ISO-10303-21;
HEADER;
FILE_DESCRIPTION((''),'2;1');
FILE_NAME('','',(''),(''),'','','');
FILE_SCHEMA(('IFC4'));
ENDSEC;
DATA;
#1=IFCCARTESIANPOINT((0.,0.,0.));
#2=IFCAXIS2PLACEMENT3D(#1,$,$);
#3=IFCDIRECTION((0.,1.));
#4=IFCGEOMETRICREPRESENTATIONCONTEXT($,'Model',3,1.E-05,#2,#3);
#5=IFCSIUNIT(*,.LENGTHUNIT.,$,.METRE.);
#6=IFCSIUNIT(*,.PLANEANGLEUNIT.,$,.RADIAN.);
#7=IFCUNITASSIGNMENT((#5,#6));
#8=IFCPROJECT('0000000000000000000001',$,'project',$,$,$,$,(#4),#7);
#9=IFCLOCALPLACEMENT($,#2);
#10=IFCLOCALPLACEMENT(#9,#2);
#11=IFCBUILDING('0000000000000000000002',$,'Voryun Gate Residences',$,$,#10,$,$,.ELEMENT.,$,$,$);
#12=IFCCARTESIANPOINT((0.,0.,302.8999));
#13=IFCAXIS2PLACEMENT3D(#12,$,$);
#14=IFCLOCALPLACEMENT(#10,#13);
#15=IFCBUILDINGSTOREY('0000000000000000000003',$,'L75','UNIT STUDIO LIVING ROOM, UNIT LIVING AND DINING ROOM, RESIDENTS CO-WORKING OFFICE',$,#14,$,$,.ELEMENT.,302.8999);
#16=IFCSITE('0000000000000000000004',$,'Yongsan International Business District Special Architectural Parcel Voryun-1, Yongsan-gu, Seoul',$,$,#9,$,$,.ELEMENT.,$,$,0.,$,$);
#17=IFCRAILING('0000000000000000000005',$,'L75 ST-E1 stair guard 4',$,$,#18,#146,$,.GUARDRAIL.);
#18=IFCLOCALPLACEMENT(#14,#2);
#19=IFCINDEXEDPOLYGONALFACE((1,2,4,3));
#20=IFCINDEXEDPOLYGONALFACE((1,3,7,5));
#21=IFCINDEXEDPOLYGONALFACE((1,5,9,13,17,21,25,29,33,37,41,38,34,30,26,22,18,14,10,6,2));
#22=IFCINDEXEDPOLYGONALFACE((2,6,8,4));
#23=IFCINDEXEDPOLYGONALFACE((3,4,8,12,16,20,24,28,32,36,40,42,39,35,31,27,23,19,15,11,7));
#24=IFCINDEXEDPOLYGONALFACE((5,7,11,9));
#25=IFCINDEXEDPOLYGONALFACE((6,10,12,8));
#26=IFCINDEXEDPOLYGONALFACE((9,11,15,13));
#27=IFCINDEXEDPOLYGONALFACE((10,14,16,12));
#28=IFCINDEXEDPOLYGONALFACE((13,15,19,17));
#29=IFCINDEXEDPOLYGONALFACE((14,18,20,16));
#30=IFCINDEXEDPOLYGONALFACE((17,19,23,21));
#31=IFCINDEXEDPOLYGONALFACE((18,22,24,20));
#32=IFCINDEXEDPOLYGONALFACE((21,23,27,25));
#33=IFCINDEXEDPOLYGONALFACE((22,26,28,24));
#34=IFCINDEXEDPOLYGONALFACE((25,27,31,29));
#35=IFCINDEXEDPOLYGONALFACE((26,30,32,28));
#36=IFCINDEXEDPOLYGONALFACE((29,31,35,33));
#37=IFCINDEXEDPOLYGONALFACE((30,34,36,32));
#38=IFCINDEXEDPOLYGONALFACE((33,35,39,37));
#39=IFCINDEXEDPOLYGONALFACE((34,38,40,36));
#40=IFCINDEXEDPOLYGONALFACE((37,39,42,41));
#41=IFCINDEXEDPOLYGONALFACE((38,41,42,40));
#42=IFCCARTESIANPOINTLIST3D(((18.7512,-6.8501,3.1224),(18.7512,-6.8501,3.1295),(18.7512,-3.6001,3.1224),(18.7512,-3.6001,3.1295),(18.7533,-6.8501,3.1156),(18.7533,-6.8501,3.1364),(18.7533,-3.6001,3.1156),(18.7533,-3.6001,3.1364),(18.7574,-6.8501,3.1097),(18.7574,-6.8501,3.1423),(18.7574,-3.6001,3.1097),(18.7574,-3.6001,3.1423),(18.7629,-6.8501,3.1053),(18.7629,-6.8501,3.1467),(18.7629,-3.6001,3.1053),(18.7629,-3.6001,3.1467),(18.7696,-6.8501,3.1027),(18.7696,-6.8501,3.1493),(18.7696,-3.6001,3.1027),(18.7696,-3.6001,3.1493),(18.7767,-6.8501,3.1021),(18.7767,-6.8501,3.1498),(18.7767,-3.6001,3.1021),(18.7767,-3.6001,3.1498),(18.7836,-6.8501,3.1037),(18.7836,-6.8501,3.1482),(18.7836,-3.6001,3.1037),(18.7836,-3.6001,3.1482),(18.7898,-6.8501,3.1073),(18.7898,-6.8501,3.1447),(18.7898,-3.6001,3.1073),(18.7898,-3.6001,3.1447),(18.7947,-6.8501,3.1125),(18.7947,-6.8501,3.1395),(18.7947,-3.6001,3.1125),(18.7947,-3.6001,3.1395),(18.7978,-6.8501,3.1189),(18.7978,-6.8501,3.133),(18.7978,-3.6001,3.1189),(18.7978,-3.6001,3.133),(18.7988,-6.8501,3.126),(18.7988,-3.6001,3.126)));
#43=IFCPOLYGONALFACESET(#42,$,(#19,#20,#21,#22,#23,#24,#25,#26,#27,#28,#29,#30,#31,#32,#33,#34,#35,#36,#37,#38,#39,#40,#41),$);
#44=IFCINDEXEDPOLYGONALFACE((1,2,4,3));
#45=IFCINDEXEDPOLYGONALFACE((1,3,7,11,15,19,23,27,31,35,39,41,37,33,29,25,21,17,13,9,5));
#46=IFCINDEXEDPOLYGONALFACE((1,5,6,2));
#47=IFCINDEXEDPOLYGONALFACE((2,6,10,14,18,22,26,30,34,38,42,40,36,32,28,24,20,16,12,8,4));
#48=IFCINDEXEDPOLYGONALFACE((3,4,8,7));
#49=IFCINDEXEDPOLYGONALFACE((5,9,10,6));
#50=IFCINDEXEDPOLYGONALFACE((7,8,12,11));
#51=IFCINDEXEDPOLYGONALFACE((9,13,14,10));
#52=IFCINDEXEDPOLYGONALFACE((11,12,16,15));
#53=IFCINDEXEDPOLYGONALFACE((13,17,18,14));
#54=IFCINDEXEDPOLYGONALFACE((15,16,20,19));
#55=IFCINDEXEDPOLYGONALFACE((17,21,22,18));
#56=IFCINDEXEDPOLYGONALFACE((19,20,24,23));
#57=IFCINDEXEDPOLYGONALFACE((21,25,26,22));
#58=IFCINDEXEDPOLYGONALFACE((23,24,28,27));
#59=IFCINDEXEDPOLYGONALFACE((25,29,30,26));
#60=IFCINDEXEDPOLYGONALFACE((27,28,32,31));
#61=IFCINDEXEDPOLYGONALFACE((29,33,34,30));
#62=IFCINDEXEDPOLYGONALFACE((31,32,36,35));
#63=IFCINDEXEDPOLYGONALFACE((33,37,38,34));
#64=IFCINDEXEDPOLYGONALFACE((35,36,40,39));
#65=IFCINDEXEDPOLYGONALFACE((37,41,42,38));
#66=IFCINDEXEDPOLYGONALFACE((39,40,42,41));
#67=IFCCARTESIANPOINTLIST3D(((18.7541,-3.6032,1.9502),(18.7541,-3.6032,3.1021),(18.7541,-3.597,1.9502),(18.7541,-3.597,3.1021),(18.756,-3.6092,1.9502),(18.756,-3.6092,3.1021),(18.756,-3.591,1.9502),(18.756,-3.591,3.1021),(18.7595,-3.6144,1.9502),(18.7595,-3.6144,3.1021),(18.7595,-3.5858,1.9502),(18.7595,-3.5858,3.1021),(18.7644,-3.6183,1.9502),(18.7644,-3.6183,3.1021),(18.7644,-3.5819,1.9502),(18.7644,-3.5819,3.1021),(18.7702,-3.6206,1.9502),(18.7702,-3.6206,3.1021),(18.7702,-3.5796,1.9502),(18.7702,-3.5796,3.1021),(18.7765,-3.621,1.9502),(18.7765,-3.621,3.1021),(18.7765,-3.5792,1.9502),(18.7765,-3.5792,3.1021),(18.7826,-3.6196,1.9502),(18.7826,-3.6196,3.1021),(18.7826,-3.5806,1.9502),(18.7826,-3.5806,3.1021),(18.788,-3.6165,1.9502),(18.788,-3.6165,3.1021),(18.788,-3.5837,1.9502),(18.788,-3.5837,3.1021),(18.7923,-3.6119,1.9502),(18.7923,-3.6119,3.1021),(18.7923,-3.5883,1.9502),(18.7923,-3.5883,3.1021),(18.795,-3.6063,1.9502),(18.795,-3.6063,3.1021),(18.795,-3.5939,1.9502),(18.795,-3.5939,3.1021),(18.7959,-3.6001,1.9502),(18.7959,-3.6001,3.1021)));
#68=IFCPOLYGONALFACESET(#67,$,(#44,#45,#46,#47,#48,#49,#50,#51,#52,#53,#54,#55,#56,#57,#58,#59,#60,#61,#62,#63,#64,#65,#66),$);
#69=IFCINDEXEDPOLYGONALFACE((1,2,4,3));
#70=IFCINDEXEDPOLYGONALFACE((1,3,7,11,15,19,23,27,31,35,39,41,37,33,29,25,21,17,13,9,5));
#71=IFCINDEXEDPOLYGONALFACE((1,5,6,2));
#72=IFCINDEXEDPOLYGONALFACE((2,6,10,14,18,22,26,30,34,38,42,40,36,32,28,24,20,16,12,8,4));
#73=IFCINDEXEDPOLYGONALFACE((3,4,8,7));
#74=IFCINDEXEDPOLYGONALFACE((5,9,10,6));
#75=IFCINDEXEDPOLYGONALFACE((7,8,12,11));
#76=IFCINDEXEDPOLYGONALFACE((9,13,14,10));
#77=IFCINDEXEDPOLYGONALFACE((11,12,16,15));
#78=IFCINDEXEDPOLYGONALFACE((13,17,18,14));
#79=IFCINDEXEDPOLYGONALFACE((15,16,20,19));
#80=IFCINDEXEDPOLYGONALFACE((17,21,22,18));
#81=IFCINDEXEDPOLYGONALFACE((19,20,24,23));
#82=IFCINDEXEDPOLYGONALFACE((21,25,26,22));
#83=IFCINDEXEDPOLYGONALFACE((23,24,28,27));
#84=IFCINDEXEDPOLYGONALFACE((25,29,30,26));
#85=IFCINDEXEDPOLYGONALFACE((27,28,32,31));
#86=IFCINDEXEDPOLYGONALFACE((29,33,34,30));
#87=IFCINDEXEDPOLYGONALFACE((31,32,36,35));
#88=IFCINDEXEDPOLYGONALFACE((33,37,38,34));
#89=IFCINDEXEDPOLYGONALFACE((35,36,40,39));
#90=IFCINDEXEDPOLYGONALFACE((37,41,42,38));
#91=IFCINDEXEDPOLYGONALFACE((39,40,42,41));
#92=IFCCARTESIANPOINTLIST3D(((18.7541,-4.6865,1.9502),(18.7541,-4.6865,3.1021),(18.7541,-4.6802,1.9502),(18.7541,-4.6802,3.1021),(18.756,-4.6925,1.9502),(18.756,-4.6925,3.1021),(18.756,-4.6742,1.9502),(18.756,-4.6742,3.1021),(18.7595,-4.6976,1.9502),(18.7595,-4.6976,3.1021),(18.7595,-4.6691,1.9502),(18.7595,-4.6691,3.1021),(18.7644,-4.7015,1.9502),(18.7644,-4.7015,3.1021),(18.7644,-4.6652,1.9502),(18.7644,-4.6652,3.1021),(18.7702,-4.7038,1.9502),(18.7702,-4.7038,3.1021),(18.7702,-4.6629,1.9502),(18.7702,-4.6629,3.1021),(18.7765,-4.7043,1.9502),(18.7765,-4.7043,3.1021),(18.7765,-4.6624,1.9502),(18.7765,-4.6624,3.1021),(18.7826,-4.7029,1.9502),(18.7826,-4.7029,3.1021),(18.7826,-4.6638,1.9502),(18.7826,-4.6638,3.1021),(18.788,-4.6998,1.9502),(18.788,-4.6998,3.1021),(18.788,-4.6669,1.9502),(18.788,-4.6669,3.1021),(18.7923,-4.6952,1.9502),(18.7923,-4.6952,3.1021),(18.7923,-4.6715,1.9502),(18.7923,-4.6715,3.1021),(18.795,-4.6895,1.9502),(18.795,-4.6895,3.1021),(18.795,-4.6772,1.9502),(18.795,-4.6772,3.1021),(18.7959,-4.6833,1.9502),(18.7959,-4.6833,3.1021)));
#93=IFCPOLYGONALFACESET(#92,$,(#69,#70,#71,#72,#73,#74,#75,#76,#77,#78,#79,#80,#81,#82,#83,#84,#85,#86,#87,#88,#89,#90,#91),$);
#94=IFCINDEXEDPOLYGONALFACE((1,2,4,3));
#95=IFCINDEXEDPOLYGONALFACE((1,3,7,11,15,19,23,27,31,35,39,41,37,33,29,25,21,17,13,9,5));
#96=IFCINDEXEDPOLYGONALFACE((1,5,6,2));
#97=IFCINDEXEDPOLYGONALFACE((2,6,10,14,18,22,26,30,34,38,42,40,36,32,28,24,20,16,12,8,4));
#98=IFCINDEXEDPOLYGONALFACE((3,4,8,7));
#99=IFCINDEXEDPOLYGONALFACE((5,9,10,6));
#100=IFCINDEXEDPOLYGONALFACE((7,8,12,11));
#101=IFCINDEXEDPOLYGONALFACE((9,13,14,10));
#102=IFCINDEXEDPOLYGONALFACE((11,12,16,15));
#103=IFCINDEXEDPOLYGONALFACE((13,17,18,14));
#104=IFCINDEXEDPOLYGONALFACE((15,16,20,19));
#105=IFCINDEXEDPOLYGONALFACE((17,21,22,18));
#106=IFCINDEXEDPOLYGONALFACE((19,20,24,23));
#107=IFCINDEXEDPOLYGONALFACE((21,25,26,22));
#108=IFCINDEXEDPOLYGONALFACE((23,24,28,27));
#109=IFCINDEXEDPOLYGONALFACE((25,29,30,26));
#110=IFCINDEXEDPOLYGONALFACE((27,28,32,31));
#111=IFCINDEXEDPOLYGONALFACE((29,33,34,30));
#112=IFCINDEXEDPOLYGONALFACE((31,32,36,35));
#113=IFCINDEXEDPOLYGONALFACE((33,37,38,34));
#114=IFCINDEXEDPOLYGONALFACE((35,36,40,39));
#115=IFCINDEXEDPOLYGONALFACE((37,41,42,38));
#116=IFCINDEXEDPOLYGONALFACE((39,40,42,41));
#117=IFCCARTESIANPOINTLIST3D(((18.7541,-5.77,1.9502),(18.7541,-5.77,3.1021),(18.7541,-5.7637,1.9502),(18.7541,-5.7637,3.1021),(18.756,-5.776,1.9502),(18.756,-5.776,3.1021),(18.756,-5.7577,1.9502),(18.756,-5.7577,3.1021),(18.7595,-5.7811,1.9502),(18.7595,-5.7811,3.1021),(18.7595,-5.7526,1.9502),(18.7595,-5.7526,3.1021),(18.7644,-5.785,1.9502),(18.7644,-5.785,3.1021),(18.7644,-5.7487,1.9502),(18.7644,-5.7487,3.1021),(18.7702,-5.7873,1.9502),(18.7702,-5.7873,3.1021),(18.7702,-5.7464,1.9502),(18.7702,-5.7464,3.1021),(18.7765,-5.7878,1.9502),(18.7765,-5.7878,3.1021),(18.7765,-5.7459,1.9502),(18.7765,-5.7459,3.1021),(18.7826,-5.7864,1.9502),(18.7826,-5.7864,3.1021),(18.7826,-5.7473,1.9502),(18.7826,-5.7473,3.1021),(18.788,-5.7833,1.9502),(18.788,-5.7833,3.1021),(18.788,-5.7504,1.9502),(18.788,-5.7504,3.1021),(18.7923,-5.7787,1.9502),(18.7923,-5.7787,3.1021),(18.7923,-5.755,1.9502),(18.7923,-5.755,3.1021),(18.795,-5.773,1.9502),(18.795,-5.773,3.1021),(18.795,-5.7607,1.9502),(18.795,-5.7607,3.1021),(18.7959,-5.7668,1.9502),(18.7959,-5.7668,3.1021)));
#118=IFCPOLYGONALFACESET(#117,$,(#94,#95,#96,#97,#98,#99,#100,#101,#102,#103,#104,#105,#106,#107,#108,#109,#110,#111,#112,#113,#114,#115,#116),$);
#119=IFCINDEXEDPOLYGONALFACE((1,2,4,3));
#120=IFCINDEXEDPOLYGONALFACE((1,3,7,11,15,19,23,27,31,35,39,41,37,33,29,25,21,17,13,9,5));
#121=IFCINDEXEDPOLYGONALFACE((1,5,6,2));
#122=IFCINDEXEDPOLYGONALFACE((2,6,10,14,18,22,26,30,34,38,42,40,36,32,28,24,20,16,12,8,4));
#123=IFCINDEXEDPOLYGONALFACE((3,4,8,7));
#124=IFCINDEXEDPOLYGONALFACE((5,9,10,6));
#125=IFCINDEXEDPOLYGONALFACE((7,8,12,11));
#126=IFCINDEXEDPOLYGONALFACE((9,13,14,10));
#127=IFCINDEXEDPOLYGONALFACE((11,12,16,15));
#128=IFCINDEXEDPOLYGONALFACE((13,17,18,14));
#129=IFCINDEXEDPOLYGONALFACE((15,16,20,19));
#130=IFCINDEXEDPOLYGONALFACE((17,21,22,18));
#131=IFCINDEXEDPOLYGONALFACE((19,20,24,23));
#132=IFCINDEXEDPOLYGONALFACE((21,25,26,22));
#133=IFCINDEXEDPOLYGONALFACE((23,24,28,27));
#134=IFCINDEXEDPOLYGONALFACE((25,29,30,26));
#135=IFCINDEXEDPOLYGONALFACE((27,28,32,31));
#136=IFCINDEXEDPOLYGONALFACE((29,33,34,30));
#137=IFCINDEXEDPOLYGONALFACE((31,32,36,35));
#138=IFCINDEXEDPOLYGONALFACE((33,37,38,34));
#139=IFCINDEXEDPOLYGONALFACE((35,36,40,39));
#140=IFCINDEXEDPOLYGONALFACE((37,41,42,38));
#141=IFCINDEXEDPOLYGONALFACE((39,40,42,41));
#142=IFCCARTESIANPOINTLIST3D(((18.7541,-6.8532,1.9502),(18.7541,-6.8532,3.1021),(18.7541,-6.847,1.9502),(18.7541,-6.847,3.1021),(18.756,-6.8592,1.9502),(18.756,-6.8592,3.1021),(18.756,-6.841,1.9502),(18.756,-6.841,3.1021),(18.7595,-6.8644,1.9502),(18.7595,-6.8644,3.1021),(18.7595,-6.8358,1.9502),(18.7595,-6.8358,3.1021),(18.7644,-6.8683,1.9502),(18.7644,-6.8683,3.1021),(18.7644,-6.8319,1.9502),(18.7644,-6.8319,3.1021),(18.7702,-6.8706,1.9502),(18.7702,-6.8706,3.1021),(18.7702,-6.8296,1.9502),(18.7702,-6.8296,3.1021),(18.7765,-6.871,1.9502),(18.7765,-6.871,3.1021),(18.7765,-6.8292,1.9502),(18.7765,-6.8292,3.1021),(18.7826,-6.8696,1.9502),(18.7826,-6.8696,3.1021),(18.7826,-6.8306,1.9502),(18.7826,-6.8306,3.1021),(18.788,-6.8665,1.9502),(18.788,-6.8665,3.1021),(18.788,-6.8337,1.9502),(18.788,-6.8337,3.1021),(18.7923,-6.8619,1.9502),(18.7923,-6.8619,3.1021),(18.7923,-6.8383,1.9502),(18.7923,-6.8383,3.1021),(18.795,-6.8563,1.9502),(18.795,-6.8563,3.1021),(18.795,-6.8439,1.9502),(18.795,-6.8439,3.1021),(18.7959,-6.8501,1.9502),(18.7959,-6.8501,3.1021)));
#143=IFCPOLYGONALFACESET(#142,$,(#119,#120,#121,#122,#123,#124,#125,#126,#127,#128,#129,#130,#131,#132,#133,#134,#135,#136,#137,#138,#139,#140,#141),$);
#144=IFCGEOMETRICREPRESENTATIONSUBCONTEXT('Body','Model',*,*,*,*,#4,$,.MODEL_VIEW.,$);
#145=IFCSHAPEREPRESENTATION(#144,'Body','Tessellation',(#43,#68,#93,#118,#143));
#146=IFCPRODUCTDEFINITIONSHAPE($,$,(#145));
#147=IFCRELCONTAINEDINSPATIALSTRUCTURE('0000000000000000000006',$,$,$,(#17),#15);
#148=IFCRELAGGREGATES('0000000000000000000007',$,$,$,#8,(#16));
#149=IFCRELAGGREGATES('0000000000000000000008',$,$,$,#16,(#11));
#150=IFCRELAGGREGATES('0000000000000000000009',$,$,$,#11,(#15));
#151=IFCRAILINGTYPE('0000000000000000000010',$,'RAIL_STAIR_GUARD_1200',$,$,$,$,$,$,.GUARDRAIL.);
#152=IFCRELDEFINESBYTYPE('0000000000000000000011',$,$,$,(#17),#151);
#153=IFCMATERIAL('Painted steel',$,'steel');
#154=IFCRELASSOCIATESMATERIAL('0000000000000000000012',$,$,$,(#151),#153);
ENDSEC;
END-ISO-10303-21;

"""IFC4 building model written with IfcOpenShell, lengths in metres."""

from ifc_helpers import new_model, si_unit, direction, frame, origin, origin_2d, place, context, subcontext, project, spatial, circle, extrude, material, type_object, element, save


model = new_model("IFC4")

# Units and contexts
model_context = context("Model", 3, precision=1e-05, world=origin(), true_north=direction((0.0, 1.0)))
body_context = subcontext(model_context, "Body", "Model", "MODEL_VIEW")
ifc_project = project(units=[si_unit("LENGTHUNIT", "METRE"), si_unit("PLANEANGLEUNIT", "RADIAN")], contexts=[model_context])

# Site, building, storey
site_placement = place(None, origin())
site = spatial("IfcSite", under=ifc_project, at=site_placement, Name="Yongsan International Business District Special Architectural Parcel Voryun-1, Yongsan-gu, Seoul", CompositionType="ELEMENT", RefElevation=0.0)
building_placement = place(site_placement, origin())
building = spatial("IfcBuilding", under=site, at=building_placement, Name="Voryun Gate Residences", CompositionType="ELEMENT")
storey_placement = place(building_placement, frame((0.0, 0.0, 302.8999)))
storey = spatial("IfcBuildingStorey", under=building, at=storey_placement, Name="L75", Description="UNIT STUDIO LIVING ROOM, UNIT LIVING AND DINING ROOM, RESIDENTS CO-WORKING OFFICE", CompositionType="ELEMENT", Elevation=302.8999)

# Railing
ifc_material_1 = material(Name="Painted steel", Category="steel")
railing_type_1 = type_object("IfcRailingType", Name="RAIL_STAIR_GUARD_1200", PredefinedType="GUARDRAIL", material=ifc_material_1)
for number, where, name in (
    (1, (18.7749, -3.6001, 1.9502), "L75 ST-E1 stair guard 4"),
):
    element("IfcRailing", number, at=place(storey_placement, frame(where)), inside=storey, type_object=railing_type_1, Name=name, PredefinedType="GUARDRAIL", context=body_context, shape_type="SweptSolid", body=[
        extrude(circle(Radius=0.0239, at=origin_2d()), frame((0.0, 0.0, 1.1758), z_axis=(0.0, -1.0, 0.0), x_axis=(1.0, 0.0, 0.0)), (0.0, 0.0, 1.0), 3.25),
        extrude(circle(Radius=0.021, at=origin_2d()), origin(), (0.0, 0.0, 1.0), 1.1519),
        extrude(circle(Radius=0.021, at=origin_2d()), frame((0.0, -1.0833, 0.0)), (0.0, 0.0, 1.0), 1.1519),
        extrude(circle(Radius=0.021, at=origin_2d()), frame((0.0, -2.1667, 0.0)), (0.0, 0.0, 1.0), 1.1519),
        extrude(circle(Radius=0.021, at=origin_2d()), frame((0.0, -3.25, 0.0)), (0.0, 0.0, 1.0), 1.1519),
    ])

save(model, "model.ifc")
